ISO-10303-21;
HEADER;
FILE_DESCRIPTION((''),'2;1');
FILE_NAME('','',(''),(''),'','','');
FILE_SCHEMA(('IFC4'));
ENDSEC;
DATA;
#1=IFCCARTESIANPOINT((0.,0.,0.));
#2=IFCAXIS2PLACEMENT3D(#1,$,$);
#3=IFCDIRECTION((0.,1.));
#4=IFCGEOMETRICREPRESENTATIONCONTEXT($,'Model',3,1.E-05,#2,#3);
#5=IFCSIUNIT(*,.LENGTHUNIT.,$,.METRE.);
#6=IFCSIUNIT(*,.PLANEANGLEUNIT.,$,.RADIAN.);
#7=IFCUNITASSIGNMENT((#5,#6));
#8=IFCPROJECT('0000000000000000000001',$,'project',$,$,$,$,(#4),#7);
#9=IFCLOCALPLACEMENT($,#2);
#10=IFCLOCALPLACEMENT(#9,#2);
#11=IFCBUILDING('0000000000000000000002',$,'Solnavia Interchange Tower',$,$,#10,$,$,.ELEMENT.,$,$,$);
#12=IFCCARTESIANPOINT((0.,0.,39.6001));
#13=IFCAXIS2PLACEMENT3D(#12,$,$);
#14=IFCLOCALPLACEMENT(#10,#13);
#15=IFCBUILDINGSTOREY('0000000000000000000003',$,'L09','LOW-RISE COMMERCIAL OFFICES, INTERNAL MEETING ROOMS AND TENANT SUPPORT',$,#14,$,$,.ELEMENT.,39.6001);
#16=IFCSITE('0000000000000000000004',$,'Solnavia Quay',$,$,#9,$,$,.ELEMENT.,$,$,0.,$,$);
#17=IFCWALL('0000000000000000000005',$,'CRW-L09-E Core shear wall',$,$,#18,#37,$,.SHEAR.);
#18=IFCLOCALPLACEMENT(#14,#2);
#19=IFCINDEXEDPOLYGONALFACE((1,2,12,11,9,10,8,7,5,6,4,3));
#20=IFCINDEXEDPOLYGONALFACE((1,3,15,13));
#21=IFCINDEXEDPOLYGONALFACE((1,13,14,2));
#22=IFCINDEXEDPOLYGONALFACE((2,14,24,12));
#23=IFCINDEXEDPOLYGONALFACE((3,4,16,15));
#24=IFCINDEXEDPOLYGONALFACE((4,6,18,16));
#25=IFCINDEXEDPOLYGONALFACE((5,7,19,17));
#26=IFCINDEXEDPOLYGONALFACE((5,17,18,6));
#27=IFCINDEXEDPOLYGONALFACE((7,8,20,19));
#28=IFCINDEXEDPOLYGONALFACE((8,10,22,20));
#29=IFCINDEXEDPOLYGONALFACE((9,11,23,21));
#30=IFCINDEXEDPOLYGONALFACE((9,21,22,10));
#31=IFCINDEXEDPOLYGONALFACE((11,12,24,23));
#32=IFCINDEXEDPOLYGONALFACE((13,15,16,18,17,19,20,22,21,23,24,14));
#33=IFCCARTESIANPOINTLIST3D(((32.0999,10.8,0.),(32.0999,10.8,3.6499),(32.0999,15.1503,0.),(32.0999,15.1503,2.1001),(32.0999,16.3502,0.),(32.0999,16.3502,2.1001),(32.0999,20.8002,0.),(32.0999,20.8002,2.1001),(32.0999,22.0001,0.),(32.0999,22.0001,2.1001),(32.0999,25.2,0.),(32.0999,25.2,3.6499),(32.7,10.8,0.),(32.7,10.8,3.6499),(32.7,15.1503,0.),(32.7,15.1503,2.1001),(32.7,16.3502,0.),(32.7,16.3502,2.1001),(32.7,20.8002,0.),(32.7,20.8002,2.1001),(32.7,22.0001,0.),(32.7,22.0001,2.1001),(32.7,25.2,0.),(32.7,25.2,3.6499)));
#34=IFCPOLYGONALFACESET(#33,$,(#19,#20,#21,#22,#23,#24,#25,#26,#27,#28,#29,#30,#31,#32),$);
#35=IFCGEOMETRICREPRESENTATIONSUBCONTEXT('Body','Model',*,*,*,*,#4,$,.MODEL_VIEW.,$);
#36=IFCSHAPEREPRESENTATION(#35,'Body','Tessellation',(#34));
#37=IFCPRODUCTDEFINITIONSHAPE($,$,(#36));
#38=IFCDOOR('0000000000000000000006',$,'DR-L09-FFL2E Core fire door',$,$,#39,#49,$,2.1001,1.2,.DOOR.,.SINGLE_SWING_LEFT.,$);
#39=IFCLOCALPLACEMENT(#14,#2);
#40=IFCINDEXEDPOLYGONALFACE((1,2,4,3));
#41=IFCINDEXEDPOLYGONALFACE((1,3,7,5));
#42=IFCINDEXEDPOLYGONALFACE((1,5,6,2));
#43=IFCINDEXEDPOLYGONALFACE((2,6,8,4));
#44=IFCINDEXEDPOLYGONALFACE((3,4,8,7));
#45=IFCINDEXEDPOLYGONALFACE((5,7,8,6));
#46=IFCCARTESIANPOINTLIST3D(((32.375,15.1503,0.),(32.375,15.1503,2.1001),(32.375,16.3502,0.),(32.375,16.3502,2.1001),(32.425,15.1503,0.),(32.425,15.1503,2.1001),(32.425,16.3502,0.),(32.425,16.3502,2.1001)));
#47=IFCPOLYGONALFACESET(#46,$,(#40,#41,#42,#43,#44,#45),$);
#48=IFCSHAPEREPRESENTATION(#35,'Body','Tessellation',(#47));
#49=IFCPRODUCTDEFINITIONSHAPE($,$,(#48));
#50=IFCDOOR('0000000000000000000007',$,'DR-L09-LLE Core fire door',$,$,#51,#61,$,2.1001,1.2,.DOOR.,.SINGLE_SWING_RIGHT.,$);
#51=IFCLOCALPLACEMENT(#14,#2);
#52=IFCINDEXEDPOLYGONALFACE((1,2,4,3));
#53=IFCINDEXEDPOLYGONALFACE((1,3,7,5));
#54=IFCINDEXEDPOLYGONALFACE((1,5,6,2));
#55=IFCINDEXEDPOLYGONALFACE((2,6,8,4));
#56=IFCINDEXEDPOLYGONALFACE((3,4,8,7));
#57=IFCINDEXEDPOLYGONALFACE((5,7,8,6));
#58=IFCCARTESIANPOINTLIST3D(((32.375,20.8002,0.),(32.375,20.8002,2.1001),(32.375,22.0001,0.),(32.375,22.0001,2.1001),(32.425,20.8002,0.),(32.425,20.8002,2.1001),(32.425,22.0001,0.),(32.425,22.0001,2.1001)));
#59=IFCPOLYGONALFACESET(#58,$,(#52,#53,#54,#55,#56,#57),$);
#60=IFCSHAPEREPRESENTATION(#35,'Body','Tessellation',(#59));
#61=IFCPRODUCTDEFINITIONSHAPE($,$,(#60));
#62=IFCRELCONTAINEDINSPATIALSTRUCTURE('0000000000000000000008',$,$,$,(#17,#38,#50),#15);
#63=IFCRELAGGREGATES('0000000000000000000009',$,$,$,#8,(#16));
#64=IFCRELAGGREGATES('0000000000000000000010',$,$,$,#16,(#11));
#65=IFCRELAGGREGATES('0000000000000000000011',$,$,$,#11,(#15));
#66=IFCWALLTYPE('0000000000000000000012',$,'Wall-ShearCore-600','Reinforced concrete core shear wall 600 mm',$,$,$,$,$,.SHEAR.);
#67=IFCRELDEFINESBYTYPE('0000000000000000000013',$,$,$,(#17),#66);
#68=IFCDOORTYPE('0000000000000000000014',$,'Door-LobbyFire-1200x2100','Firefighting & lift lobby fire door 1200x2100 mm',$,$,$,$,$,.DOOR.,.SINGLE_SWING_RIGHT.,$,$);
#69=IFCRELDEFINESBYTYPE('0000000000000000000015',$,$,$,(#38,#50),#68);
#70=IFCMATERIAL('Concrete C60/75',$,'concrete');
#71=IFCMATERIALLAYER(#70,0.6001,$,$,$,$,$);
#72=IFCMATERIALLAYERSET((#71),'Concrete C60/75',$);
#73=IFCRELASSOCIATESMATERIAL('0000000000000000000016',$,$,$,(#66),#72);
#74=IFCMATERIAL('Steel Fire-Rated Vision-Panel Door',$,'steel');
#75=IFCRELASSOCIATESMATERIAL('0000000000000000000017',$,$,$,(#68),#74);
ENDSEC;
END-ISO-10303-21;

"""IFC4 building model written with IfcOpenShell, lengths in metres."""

from ifc_helpers import new_model, si_unit, direction, frame, frame_2d, origin, place, context, subcontext, project, spatial, rectangle, extrude, material, layer, layer_set, type_object, element, fill, save


model = new_model("IFC4")

# Units and contexts
model_context = context("Model", 3, precision=1e-05, world=origin(), true_north=direction((0.0, 1.0)))
body_context = subcontext(model_context, "Body", "Model", "MODEL_VIEW")
ifc_project = project(units=[si_unit("LENGTHUNIT", "METRE"), si_unit("PLANEANGLEUNIT", "RADIAN")], contexts=[model_context])

# Site, building, storey
site_placement = place(None, origin())
site = spatial("IfcSite", under=ifc_project, at=site_placement, Name="Solnavia Quay", CompositionType="ELEMENT", RefElevation=0.0)
building_placement = place(site_placement, origin())
building = spatial("IfcBuilding", under=site, at=building_placement, Name="Solnavia Interchange Tower", CompositionType="ELEMENT")
storey_placement = place(building_placement, frame((0.0, 0.0, 39.6001)))
storey = spatial("IfcBuildingStorey", under=building, at=storey_placement, Name="L09", Description="LOW-RISE COMMERCIAL OFFICES, INTERNAL MEETING ROOMS AND TENANT SUPPORT", CompositionType="ELEMENT", Elevation=39.6001)

# Shared definitions
ifc_material_1 = material(Name="Concrete C60/75", Category="concrete")

# Wall, openings, doors
ifc_layer_1 = layer(ifc_material_1, 0.6001)
ifc_layer_set_1 = layer_set([ifc_layer_1], Name="Concrete C60/75")
wall_type_1 = type_object("IfcWallType", Name="Wall-ShearCore-600", Description="Reinforced concrete core shear wall 600 mm", PredefinedType="SHEAR", material=ifc_layer_set_1)
wall_1_placement = place(storey_placement, frame((32.3999, 10.8, 0.0), z_axis=(0.0, 0.0, 1.0), x_axis=(0.0, 1.0, 0.0)))
wall_1 = element("IfcWall", 1, at=wall_1_placement, inside=storey, type_object=wall_type_1, Name="CRW-L09-E Core shear wall", PredefinedType="SHEAR", context=body_context, shape_type="SweptSolid", body=[
    extrude(rectangle(XDim=14.3999, YDim=0.6001, at=frame_2d((7.2, 0.0))), origin(), (0.0, 0.0, 1.0), 3.6499),
])
opening_1_placement = place(wall_1_placement, frame((4.3501, 0.0, 0.0)))
opening_1 = element("IfcOpeningElement", 2, at=opening_1_placement, cuts=wall_1, PredefinedType="OPENING", context=body_context, shape_type="SweptSolid", body=[
    extrude(rectangle(XDim=1.2, YDim=2.1001, at=frame_2d((0.6001, 1.05))), frame((0.0, 0.3101, 0.0), z_axis=(0.0, -1.0, 0.0), x_axis=(1.0, 0.0, 0.0)), (0.0, 0.0, 1.0), 0.6201),
])
opening_2_placement = place(wall_1_placement, frame((10.0, 0.0, 0.0)))
opening_2 = element("IfcOpeningElement", 3, at=opening_2_placement, cuts=wall_1, PredefinedType="OPENING", context=body_context, shape_type="SweptSolid", body=[
    extrude(rectangle(XDim=1.2, YDim=2.1001, at=frame_2d((0.6001, 1.05))), frame((0.0, 0.3101, 0.0), z_axis=(0.0, -1.0, 0.0), x_axis=(1.0, 0.0, 0.0)), (0.0, 0.0, 1.0), 0.6201),
])
ifc_material_2 = material(Name="Steel Fire-Rated Vision-Panel Door", Category="steel")
door_type_1 = type_object("IfcDoorType", Name="Door-LobbyFire-1200x2100", Description="Firefighting & lift lobby fire door 1200x2100 mm", OperationType="SINGLE_SWING_RIGHT", PredefinedType="DOOR", material=ifc_material_2)
door_1_placement = place(opening_1_placement, origin())
door_1 = element("IfcDoor", 4, at=door_1_placement, inside=storey, type_object=door_type_1, Name="DR-L09-FFL2E Core fire door", OperationType="SINGLE_SWING_LEFT", OverallHeight=2.1001, OverallWidth=1.2, PredefinedType="DOOR", context=body_context, shape_type="SweptSolid", body=[
    extrude(rectangle(XDim=1.2, YDim=2.1001, at=frame_2d((0.6001, 1.05))), frame((0.0, 0.0249, 0.0), z_axis=(0.0, -1.0, 0.0), x_axis=(1.0, 0.0, 0.0)), (0.0, 0.0, 1.0), 0.05),
])
fill(opening_1, door_1)
door_2_placement = place(opening_2_placement, origin())
door_2 = element("IfcDoor", 5, at=door_2_placement, inside=storey, type_object=door_type_1, Name="DR-L09-LLE Core fire door", OperationType="SINGLE_SWING_RIGHT", OverallHeight=2.1001, OverallWidth=1.2, PredefinedType="DOOR", context=body_context, shape_type="SweptSolid", body=[
    extrude(rectangle(XDim=1.2, YDim=2.1001, at=frame_2d((0.6001, 1.05))), frame((0.0, 0.0249, 0.0), z_axis=(0.0, -1.0, 0.0), x_axis=(1.0, 0.0, 0.0)), (0.0, 0.0, 1.0), 0.05),
])
fill(opening_2, door_2)

save(model, "model.ifc")
